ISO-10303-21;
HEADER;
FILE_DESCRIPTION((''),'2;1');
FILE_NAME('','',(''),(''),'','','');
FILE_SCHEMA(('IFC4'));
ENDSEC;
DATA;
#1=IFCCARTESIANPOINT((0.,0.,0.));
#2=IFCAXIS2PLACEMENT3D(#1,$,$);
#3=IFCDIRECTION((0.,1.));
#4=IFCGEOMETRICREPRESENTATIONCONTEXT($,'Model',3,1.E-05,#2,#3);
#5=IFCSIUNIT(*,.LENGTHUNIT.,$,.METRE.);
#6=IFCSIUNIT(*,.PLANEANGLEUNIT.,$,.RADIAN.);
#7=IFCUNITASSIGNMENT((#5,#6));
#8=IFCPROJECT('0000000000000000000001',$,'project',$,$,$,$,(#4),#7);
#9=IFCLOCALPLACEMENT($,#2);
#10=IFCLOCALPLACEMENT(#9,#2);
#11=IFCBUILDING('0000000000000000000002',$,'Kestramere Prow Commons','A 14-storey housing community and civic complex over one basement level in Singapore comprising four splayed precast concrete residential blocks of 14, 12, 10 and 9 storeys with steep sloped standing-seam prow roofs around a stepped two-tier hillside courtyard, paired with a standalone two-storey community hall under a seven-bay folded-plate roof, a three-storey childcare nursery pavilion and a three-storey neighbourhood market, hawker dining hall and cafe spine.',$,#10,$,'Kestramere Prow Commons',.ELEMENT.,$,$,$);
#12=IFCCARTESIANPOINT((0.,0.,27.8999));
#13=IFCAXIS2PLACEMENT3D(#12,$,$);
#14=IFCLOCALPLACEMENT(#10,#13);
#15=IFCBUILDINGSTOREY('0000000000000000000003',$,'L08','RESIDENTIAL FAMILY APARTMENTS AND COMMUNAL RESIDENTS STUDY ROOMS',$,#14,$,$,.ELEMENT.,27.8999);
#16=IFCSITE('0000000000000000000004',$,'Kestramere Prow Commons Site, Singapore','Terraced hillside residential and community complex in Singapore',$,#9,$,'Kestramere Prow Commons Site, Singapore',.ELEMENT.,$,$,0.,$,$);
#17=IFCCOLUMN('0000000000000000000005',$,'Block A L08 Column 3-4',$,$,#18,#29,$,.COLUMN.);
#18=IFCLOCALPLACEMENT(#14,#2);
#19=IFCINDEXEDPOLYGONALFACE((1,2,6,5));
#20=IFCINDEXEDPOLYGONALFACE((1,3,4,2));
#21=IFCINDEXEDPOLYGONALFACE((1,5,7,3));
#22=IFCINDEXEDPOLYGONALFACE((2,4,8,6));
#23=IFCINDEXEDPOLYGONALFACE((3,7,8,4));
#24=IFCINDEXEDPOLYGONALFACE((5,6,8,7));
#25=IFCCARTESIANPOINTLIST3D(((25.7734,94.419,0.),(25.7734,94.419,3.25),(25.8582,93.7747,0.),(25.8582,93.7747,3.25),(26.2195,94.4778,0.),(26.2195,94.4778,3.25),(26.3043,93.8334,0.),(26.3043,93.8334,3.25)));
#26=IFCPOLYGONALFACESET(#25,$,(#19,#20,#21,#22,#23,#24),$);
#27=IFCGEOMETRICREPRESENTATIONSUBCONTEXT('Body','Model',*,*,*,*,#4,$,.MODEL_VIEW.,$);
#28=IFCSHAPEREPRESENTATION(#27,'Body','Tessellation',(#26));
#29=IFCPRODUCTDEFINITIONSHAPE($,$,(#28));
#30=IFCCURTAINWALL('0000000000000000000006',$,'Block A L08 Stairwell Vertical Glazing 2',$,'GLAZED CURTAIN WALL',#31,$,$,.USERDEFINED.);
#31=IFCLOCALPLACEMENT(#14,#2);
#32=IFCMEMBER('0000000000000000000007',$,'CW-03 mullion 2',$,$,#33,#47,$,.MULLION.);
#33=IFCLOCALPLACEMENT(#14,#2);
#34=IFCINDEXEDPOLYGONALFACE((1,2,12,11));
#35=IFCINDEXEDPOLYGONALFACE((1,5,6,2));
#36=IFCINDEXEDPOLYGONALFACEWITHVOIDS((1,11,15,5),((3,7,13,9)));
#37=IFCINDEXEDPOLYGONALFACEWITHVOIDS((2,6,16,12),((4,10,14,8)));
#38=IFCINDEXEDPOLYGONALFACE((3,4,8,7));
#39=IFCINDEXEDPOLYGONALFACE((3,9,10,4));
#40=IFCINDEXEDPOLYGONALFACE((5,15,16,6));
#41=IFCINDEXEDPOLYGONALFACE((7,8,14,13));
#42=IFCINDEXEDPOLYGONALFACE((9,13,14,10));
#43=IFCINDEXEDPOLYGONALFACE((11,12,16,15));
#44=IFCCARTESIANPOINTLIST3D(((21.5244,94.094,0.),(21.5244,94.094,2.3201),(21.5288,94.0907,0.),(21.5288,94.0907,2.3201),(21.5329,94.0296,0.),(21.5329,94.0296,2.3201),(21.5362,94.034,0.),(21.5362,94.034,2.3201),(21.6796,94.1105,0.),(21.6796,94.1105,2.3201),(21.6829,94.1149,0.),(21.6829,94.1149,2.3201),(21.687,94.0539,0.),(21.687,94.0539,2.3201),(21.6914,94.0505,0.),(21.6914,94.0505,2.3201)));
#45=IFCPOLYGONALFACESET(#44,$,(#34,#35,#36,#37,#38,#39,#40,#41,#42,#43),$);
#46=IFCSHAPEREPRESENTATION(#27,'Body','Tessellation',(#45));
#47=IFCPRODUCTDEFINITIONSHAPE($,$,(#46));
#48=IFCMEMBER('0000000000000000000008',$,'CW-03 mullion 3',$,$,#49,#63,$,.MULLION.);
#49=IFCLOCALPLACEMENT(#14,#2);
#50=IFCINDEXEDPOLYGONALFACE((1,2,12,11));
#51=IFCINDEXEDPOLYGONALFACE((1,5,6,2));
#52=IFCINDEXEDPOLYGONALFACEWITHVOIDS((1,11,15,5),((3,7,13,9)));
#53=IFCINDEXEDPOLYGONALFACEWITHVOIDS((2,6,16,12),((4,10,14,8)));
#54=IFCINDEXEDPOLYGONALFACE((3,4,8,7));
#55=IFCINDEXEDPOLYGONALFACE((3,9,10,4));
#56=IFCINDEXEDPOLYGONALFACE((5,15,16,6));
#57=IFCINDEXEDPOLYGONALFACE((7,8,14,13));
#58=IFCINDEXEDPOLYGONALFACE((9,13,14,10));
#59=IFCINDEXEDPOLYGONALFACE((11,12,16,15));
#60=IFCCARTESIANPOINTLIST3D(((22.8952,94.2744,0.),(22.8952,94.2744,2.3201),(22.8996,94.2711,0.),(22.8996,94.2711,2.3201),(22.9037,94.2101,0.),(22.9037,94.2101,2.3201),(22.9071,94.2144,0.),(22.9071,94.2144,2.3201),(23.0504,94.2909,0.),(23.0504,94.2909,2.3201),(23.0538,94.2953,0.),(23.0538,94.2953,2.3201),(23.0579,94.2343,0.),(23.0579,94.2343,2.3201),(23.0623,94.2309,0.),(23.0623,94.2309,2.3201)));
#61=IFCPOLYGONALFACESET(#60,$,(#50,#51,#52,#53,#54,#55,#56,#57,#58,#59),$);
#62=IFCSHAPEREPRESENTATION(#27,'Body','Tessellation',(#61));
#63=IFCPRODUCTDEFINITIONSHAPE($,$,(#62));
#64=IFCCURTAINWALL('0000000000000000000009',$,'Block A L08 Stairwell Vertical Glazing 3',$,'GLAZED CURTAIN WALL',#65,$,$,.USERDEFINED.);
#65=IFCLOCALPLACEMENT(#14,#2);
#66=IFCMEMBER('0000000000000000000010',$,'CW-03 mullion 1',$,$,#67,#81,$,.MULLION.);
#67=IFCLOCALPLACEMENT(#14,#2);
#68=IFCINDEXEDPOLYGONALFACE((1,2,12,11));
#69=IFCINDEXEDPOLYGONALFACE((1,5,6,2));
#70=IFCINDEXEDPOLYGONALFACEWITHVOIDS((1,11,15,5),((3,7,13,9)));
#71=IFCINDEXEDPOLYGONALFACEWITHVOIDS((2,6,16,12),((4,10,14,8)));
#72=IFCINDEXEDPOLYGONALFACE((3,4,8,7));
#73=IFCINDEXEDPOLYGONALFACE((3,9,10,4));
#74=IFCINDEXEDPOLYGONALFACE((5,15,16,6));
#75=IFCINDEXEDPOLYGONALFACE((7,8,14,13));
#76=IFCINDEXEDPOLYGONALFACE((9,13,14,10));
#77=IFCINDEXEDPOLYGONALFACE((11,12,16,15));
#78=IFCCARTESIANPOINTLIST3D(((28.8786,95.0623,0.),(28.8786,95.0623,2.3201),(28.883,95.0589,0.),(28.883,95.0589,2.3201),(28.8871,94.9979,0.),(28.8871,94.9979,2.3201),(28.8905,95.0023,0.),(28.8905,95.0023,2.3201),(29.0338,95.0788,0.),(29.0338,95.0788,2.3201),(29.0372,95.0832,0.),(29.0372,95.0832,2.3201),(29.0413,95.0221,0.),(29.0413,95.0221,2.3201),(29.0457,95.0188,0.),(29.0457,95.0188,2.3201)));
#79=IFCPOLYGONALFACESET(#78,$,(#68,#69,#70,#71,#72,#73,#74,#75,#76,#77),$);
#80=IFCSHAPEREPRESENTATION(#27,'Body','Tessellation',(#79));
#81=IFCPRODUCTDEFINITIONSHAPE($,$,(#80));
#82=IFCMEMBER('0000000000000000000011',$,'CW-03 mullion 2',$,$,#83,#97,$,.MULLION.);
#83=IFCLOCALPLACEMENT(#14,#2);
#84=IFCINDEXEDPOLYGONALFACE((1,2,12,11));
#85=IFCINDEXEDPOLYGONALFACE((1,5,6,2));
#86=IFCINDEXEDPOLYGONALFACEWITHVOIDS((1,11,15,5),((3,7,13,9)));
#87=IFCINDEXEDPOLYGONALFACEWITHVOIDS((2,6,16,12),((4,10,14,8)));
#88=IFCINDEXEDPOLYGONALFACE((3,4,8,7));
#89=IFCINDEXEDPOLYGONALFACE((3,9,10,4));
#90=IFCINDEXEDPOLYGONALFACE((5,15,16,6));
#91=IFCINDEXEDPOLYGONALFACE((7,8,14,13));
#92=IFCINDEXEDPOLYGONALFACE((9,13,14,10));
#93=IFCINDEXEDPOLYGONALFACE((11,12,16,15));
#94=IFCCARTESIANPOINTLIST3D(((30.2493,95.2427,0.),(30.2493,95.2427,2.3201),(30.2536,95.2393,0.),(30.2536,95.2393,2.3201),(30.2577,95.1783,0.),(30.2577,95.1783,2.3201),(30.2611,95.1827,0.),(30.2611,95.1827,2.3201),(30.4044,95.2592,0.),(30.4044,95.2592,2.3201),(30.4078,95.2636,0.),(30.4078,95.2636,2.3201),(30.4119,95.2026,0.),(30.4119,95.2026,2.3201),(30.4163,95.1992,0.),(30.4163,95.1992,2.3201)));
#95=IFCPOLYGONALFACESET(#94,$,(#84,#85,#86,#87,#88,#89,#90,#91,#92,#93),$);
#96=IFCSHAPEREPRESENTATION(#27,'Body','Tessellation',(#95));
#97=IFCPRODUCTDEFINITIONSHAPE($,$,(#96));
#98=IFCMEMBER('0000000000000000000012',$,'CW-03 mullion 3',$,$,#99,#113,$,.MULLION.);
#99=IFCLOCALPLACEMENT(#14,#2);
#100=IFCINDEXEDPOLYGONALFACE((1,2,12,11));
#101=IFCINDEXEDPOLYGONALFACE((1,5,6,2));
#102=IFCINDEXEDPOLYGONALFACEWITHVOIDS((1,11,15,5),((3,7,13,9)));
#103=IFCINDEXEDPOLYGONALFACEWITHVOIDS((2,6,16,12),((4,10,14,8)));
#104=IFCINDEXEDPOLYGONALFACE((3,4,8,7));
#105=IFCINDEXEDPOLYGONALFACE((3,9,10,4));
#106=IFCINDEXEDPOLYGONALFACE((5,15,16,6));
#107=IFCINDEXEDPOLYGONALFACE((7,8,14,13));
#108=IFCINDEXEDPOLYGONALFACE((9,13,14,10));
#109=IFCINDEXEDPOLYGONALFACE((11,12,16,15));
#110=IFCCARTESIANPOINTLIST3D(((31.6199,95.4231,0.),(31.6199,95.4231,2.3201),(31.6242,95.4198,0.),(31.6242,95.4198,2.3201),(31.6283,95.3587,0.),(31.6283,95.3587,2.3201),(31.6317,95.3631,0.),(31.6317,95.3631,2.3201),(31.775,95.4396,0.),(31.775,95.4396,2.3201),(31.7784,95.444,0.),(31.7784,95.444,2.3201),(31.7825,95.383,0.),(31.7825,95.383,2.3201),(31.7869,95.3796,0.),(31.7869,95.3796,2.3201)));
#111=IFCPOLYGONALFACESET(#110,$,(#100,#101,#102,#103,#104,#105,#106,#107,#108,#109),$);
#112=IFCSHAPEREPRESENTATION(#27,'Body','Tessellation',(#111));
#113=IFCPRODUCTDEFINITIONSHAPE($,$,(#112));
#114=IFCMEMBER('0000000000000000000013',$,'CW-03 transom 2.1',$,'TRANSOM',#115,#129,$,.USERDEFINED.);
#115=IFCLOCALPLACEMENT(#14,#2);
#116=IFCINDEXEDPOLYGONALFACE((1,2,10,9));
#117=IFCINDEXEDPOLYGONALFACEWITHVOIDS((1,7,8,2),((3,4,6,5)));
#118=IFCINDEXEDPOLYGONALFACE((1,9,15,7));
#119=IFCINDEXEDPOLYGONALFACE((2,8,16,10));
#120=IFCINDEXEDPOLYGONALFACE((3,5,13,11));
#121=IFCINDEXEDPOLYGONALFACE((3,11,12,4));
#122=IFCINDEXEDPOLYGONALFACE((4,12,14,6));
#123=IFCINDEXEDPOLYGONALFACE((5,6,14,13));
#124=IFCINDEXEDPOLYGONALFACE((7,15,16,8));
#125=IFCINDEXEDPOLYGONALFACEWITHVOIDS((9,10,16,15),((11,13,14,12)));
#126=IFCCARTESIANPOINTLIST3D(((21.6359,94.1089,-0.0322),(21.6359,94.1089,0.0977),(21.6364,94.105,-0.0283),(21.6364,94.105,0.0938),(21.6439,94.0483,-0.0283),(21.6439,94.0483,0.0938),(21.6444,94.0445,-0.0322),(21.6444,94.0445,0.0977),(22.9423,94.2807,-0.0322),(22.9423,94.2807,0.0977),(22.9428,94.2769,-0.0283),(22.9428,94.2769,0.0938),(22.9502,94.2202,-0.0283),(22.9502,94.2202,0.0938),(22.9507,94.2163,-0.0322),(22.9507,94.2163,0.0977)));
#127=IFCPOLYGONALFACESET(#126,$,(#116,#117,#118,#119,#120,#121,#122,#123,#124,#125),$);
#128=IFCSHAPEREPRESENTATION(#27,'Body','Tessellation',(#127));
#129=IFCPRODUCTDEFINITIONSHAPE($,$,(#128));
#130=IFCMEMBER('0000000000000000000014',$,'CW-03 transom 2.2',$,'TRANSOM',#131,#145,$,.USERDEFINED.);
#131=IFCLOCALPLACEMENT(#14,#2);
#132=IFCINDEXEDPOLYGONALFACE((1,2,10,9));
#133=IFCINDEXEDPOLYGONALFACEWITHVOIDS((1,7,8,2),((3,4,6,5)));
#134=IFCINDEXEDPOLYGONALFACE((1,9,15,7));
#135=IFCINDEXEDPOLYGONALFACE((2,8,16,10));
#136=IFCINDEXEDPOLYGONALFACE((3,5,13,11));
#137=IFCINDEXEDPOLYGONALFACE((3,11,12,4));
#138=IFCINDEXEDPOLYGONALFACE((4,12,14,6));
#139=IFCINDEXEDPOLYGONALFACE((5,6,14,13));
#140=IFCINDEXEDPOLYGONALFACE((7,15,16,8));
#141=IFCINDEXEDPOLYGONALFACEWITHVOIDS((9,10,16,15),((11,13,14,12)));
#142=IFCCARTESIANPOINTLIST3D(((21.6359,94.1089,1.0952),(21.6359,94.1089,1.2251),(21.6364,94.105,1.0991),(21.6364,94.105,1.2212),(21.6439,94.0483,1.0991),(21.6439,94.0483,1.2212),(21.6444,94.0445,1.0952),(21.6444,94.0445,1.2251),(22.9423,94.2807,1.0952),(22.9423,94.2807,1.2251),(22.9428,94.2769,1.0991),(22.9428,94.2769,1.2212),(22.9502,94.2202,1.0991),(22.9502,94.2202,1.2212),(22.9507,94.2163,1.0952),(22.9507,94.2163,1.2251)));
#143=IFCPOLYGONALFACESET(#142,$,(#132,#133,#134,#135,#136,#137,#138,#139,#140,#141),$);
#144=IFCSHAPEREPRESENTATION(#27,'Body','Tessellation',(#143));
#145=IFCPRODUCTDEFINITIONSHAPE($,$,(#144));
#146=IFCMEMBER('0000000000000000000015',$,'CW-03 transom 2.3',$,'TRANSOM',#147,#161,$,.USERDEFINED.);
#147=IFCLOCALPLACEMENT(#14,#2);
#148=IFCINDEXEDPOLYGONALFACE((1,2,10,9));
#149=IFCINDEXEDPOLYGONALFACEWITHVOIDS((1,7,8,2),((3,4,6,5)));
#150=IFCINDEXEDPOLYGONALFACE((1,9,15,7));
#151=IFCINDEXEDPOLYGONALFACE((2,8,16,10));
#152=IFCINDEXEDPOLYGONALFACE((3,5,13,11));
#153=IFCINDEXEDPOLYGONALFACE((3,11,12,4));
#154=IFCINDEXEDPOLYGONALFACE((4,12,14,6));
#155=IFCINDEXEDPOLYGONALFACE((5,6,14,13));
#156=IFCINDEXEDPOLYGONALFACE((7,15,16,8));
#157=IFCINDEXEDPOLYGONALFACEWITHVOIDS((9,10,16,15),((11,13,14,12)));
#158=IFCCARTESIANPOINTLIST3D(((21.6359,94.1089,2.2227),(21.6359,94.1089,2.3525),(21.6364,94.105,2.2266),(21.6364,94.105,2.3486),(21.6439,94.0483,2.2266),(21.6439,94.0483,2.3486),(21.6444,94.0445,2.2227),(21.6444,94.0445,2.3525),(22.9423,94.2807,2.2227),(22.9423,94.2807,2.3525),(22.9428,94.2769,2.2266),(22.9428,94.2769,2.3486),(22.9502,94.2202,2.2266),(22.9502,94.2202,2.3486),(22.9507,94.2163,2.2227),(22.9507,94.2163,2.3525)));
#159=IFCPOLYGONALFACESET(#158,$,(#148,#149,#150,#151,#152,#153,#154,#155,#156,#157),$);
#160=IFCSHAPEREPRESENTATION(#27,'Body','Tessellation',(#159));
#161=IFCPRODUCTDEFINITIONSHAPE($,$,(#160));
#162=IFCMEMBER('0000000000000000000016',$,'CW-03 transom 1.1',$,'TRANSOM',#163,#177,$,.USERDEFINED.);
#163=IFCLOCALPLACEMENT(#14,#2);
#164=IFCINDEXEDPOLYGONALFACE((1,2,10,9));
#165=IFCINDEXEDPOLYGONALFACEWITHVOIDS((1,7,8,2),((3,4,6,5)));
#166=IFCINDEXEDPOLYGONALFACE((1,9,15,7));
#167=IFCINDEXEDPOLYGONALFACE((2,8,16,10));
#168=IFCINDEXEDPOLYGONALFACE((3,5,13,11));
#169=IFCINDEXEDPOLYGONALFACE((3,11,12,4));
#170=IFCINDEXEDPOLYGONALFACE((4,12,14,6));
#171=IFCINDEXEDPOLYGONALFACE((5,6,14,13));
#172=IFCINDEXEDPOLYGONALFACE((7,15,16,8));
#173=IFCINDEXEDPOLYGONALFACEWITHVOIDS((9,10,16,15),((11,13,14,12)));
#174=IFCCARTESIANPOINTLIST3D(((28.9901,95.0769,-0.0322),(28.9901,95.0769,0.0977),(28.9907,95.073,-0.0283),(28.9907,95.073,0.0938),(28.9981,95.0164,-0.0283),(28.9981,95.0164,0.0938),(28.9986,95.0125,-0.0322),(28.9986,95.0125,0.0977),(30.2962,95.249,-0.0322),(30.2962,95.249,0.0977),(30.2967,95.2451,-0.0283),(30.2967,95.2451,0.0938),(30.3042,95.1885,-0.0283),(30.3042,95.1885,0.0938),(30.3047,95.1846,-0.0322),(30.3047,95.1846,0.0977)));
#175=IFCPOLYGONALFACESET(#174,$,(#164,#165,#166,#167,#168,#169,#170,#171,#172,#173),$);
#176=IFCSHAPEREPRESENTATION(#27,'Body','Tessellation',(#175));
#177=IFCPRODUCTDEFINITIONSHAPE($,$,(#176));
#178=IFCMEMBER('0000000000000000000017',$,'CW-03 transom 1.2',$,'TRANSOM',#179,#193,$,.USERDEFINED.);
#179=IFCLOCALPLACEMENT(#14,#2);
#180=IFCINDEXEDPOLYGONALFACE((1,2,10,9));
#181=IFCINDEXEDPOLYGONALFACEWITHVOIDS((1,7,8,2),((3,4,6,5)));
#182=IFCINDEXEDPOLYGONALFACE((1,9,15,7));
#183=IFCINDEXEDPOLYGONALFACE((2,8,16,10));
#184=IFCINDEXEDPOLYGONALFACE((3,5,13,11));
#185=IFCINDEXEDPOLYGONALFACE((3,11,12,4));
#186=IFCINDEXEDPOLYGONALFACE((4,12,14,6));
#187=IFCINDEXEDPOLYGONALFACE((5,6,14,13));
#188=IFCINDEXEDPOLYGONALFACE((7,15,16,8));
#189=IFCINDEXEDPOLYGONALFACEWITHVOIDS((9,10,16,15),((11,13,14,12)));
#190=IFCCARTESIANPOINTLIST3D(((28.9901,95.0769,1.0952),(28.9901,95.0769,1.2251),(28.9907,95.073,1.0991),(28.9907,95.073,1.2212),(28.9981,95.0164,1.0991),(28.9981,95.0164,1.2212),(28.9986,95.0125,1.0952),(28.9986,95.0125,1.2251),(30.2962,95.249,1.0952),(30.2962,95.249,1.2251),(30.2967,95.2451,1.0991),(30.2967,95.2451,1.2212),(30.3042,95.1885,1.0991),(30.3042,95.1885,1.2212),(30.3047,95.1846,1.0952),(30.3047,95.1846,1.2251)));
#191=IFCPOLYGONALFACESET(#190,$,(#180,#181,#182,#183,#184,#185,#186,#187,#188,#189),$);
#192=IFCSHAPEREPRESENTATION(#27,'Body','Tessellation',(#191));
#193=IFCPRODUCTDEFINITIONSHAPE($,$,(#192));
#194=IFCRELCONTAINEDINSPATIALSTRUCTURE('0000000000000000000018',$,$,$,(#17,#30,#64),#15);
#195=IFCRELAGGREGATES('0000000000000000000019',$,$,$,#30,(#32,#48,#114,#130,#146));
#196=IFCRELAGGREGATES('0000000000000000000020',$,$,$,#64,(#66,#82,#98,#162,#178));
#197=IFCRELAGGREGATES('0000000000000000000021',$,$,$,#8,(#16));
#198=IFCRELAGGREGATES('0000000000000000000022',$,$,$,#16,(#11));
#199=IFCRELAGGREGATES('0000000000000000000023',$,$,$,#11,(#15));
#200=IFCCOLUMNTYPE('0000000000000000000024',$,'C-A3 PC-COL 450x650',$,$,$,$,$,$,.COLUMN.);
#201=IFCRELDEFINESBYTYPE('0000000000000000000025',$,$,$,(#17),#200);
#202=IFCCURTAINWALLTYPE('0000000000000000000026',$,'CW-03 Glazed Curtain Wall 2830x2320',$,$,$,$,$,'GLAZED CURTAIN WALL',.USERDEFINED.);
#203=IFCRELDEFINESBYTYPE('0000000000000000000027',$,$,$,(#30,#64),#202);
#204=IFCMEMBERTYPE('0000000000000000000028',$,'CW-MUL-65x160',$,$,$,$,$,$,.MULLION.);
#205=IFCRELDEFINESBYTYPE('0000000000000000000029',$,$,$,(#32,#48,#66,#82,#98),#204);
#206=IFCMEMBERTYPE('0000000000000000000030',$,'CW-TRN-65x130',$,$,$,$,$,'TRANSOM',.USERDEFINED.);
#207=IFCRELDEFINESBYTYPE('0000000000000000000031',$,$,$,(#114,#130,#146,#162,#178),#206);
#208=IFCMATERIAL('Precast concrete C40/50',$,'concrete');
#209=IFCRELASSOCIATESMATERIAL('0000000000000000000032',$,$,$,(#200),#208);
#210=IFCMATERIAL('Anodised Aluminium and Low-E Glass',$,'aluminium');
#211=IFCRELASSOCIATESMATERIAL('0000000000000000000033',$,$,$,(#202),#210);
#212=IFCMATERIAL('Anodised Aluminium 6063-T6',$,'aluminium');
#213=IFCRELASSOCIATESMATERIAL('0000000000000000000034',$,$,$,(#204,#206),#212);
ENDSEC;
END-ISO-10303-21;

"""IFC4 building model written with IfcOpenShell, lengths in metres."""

from ifc_helpers import new_model, si_unit, direction, frame, origin, origin_2d, place, context, subcontext, project, spatial, rectangle, hollow_rectangle, extrude, material, material_profile, profile_set, type_object, element, aggregate, save


model = new_model("IFC4")

# Units and contexts
model_context = context("Model", 3, precision=1e-05, world=origin(), true_north=direction((0.0, 1.0)))
body_context = subcontext(model_context, "Body", "Model", "MODEL_VIEW")
ifc_project = project(units=[si_unit("LENGTHUNIT", "METRE"), si_unit("PLANEANGLEUNIT", "RADIAN")], contexts=[model_context])

# Site, building, storey
site_placement = place(None, origin())
site = spatial("IfcSite", under=ifc_project, at=site_placement, Name="Kestramere Prow Commons Site, Singapore", Description="Terraced hillside residential and community complex in Singapore", LongName="Kestramere Prow Commons Site, Singapore", CompositionType="ELEMENT", RefElevation=0.0)
building_placement = place(site_placement, origin())
building = spatial("IfcBuilding", under=site, at=building_placement, Name="Kestramere Prow Commons", Description="A 14-storey housing community and civic complex over one basement level in Singapore comprising four splayed precast concrete residential blocks of 14, 12, 10 and 9 storeys with steep sloped standing-seam prow roofs around a stepped two-tier hillside courtyard, paired with a standalone two-storey community hall under a seven-bay folded-plate roof, a three-storey childcare nursery pavilion and a three-storey neighbourhood market, hawker dining hall and cafe spine.", LongName="Kestramere Prow Commons", CompositionType="ELEMENT")
storey_placement = place(building_placement, frame((0.0, 0.0, 27.8999)))
storey = spatial("IfcBuildingStorey", under=building, at=storey_placement, Name="L08", Description="RESIDENTIAL FAMILY APARTMENTS AND COMMUNAL RESIDENTS STUDY ROOMS", CompositionType="ELEMENT", Elevation=27.8999)

# Column
ifc_material_1 = material(Name="Precast concrete C40/50", Category="concrete")
ifc_material_profile_1 = material_profile(ifc_material_1, rectangle(XDim=0.45, YDim=0.6499, at=origin_2d()), Name="PC-COL 450x650")
ifc_profile_set_1 = profile_set([ifc_material_profile_1], Name="Precast concrete C40/50")
column_type = type_object("IfcColumnType", Name="C-A3 PC-COL 450x650", PredefinedType="COLUMN", material=ifc_profile_set_1)
column_placement = place(storey_placement, frame((26.0388, 94.1262, 0.0), z_axis=(0.0, 0.0, 1.0), x_axis=(0.991445, 0.130526, 0.0)))
element("IfcColumn", 1, at=column_placement, inside=storey, type_object=column_type, Name="Block A L08 Column 3-4", PredefinedType="COLUMN", context=body_context, shape_type="SweptSolid", body=[
    extrude(rectangle(XDim=0.45, YDim=0.6499, at=origin_2d()), origin(), (0.0, 0.0, 1.0), 3.25),
])

# Curtain walls, members
ifc_material_2 = material(Name="Anodised Aluminium and Low-E Glass", Category="aluminium")
curtain_wall_type = type_object("IfcCurtainWallType", Name="CW-03 Glazed Curtain Wall 2830x2320", ElementType="GLAZED CURTAIN WALL", PredefinedType="USERDEFINED", material=ifc_material_2)
curtain_wall_1_placement = place(storey_placement, origin())
curtain_wall_1 = element("IfcCurtainWall", 2, at=curtain_wall_1_placement, inside=storey, type_object=curtain_wall_type, Name="Block A L08 Stairwell Vertical Glazing 2", ObjectType="GLAZED CURTAIN WALL", PredefinedType="USERDEFINED")
ifc_material_3 = material(Name="Anodised Aluminium 6063-T6", Category="aluminium")
ifc_material_profile_2 = material_profile(ifc_material_3, hollow_rectangle(XDim=0.0649, YDim=0.1599, WallThickness=0.0039, at=origin_2d()), Name="ALU-MUL 65x160")
ifc_profile_set_2 = profile_set([ifc_material_profile_2], Name="Anodised Aluminium 6063-T6")
member_type_1 = type_object("IfcMemberType", Name="CW-MUL-65x160", PredefinedType="MULLION", material=ifc_profile_set_2)
member_1_placement = place(storey_placement, frame((21.6079, 94.0723, 0.0), z_axis=(0.0, 0.0, 1.0), x_axis=(-0.130526, 0.991445, 0.0)))
member_1 = element("IfcMember", 3, at=member_1_placement, type_object=member_type_1, Name="CW-03 mullion 2", PredefinedType="MULLION", context=body_context, shape_type="SweptSolid", body=[
    extrude(hollow_rectangle(XDim=0.0649, YDim=0.1599, WallThickness=0.0039, at=origin_2d()), origin(), (0.0, 0.0, 1.0), 2.3201),
])
member_2_placement = place(storey_placement, frame((22.9788, 94.2527, 0.0), z_axis=(0.0, 0.0, 1.0), x_axis=(-0.130526, 0.991445, 0.0)))
member_2 = element("IfcMember", 4, at=member_2_placement, type_object=member_type_1, Name="CW-03 mullion 3", PredefinedType="MULLION", context=body_context, shape_type="SweptSolid", body=[
    extrude(hollow_rectangle(XDim=0.0649, YDim=0.1599, WallThickness=0.0039, at=origin_2d()), origin(), (0.0, 0.0, 1.0), 2.3201),
])
curtain_wall_2_placement = place(storey_placement, origin())
curtain_wall_2 = element("IfcCurtainWall", 5, at=curtain_wall_2_placement, inside=storey, type_object=curtain_wall_type, Name="Block A L08 Stairwell Vertical Glazing 3", ObjectType="GLAZED CURTAIN WALL", PredefinedType="USERDEFINED")
member_3_placement = place(storey_placement, frame((28.9622, 95.0405, 0.0), z_axis=(0.0, 0.0, 1.0), x_axis=(-0.130526, 0.991445, 0.0)))
member_3 = element("IfcMember", 6, at=member_3_placement, type_object=member_type_1, Name="CW-03 mullion 1", PredefinedType="MULLION", context=body_context, shape_type="SweptSolid", body=[
    extrude(hollow_rectangle(XDim=0.0649, YDim=0.1599, WallThickness=0.0039, at=origin_2d()), origin(), (0.0, 0.0, 1.0), 2.3201),
])
member_4_placement = place(storey_placement, frame((30.3328, 95.2209, 0.0), z_axis=(0.0, 0.0, 1.0), x_axis=(-0.130526, 0.991445, 0.0)))
member_4 = element("IfcMember", 7, at=member_4_placement, type_object=member_type_1, Name="CW-03 mullion 2", PredefinedType="MULLION", context=body_context, shape_type="SweptSolid", body=[
    extrude(hollow_rectangle(XDim=0.0649, YDim=0.1599, WallThickness=0.0039, at=origin_2d()), origin(), (0.0, 0.0, 1.0), 2.3201),
])
member_5_placement = place(storey_placement, frame((31.7034, 95.4014, 0.0), z_axis=(0.0, 0.0, 1.0), x_axis=(-0.130526, 0.991445, 0.0)))
member_5 = element("IfcMember", 8, at=member_5_placement, type_object=member_type_1, Name="CW-03 mullion 3", PredefinedType="MULLION", context=body_context, shape_type="SweptSolid", body=[
    extrude(hollow_rectangle(XDim=0.0649, YDim=0.1599, WallThickness=0.0039, at=origin_2d()), origin(), (0.0, 0.0, 1.0), 2.3201),
])

# Members
ifc_material_profile_3 = material_profile(ifc_material_3, hollow_rectangle(XDim=0.0649, YDim=0.1299, WallThickness=0.0039, at=origin_2d()), Name="ALU-TRN 65x130")
ifc_profile_set_3 = profile_set([ifc_material_profile_3], Name="Anodised Aluminium 6063-T6")
member_type_2 = type_object("IfcMemberType", Name="CW-TRN-65x130", ElementType="TRANSOM", PredefinedType="USERDEFINED", material=ifc_profile_set_3)
member_6_placement = place(storey_placement, frame((21.6401, 94.0767, 0.0327), z_axis=(0.991456, 0.13044, 0.0), x_axis=(-0.13044, 0.991456, 0.0)))
member_6 = element("IfcMember", 9, at=member_6_placement, type_object=member_type_2, Name="CW-03 transom 2.1", ObjectType="TRANSOM", PredefinedType="USERDEFINED", context=body_context, shape_type="SweptSolid", body=[
    extrude(hollow_rectangle(XDim=0.0649, YDim=0.1299, WallThickness=0.0039, at=origin_2d()), origin(), (0.0, 0.0, 1.0), 1.3176),
])
member_7_placement = place(storey_placement, frame((21.6401, 94.0767, 1.1602), z_axis=(0.991456, 0.13044, 0.0), x_axis=(-0.13044, 0.991456, 0.0)))
member_7 = element("IfcMember", 10, at=member_7_placement, type_object=member_type_2, Name="CW-03 transom 2.2", ObjectType="TRANSOM", PredefinedType="USERDEFINED", context=body_context, shape_type="SweptSolid", body=[
    extrude(hollow_rectangle(XDim=0.0649, YDim=0.1299, WallThickness=0.0039, at=origin_2d()), origin(), (0.0, 0.0, 1.0), 1.3176),
])
member_8_placement = place(storey_placement, frame((21.6401, 94.0767, 2.2876), z_axis=(0.991456, 0.13044, 0.0), x_axis=(-0.13044, 0.991456, 0.0)))
member_8 = element("IfcMember", 11, at=member_8_placement, type_object=member_type_2, Name="CW-03 transom 2.3", ObjectType="TRANSOM", PredefinedType="USERDEFINED", context=body_context, shape_type="SweptSolid", body=[
    extrude(hollow_rectangle(XDim=0.0649, YDim=0.1299, WallThickness=0.0039, at=origin_2d()), origin(), (0.0, 0.0, 1.0), 1.3176),
])
member_9_placement = place(storey_placement, frame((28.9944, 95.0447, 0.0327), z_axis=(0.991429, 0.130646, 0.0), x_axis=(-0.130646, 0.991429, 0.0)))
member_9 = element("IfcMember", 12, at=member_9_placement, type_object=member_type_2, Name="CW-03 transom 1.1", ObjectType="TRANSOM", PredefinedType="USERDEFINED", context=body_context, shape_type="SweptSolid", body=[
    extrude(hollow_rectangle(XDim=0.0649, YDim=0.1299, WallThickness=0.0039, at=origin_2d()), origin(), (0.0, 0.0, 1.0), 1.3174),
])
member_10_placement = place(storey_placement, frame((28.9944, 95.0447, 1.1602), z_axis=(0.991429, 0.130646, 0.0), x_axis=(-0.130646, 0.991429, 0.0)))
member_10 = element("IfcMember", 13, at=member_10_placement, type_object=member_type_2, Name="CW-03 transom 1.2", ObjectType="TRANSOM", PredefinedType="USERDEFINED", context=body_context, shape_type="SweptSolid", body=[
    extrude(hollow_rectangle(XDim=0.0649, YDim=0.1299, WallThickness=0.0039, at=origin_2d()), origin(), (0.0, 0.0, 1.0), 1.3174),
])

aggregate(curtain_wall_1, [member_1, member_2, member_6, member_7, member_8])
aggregate(curtain_wall_2, [member_3, member_4, member_5, member_9, member_10])

save(model, "model.ifc")
